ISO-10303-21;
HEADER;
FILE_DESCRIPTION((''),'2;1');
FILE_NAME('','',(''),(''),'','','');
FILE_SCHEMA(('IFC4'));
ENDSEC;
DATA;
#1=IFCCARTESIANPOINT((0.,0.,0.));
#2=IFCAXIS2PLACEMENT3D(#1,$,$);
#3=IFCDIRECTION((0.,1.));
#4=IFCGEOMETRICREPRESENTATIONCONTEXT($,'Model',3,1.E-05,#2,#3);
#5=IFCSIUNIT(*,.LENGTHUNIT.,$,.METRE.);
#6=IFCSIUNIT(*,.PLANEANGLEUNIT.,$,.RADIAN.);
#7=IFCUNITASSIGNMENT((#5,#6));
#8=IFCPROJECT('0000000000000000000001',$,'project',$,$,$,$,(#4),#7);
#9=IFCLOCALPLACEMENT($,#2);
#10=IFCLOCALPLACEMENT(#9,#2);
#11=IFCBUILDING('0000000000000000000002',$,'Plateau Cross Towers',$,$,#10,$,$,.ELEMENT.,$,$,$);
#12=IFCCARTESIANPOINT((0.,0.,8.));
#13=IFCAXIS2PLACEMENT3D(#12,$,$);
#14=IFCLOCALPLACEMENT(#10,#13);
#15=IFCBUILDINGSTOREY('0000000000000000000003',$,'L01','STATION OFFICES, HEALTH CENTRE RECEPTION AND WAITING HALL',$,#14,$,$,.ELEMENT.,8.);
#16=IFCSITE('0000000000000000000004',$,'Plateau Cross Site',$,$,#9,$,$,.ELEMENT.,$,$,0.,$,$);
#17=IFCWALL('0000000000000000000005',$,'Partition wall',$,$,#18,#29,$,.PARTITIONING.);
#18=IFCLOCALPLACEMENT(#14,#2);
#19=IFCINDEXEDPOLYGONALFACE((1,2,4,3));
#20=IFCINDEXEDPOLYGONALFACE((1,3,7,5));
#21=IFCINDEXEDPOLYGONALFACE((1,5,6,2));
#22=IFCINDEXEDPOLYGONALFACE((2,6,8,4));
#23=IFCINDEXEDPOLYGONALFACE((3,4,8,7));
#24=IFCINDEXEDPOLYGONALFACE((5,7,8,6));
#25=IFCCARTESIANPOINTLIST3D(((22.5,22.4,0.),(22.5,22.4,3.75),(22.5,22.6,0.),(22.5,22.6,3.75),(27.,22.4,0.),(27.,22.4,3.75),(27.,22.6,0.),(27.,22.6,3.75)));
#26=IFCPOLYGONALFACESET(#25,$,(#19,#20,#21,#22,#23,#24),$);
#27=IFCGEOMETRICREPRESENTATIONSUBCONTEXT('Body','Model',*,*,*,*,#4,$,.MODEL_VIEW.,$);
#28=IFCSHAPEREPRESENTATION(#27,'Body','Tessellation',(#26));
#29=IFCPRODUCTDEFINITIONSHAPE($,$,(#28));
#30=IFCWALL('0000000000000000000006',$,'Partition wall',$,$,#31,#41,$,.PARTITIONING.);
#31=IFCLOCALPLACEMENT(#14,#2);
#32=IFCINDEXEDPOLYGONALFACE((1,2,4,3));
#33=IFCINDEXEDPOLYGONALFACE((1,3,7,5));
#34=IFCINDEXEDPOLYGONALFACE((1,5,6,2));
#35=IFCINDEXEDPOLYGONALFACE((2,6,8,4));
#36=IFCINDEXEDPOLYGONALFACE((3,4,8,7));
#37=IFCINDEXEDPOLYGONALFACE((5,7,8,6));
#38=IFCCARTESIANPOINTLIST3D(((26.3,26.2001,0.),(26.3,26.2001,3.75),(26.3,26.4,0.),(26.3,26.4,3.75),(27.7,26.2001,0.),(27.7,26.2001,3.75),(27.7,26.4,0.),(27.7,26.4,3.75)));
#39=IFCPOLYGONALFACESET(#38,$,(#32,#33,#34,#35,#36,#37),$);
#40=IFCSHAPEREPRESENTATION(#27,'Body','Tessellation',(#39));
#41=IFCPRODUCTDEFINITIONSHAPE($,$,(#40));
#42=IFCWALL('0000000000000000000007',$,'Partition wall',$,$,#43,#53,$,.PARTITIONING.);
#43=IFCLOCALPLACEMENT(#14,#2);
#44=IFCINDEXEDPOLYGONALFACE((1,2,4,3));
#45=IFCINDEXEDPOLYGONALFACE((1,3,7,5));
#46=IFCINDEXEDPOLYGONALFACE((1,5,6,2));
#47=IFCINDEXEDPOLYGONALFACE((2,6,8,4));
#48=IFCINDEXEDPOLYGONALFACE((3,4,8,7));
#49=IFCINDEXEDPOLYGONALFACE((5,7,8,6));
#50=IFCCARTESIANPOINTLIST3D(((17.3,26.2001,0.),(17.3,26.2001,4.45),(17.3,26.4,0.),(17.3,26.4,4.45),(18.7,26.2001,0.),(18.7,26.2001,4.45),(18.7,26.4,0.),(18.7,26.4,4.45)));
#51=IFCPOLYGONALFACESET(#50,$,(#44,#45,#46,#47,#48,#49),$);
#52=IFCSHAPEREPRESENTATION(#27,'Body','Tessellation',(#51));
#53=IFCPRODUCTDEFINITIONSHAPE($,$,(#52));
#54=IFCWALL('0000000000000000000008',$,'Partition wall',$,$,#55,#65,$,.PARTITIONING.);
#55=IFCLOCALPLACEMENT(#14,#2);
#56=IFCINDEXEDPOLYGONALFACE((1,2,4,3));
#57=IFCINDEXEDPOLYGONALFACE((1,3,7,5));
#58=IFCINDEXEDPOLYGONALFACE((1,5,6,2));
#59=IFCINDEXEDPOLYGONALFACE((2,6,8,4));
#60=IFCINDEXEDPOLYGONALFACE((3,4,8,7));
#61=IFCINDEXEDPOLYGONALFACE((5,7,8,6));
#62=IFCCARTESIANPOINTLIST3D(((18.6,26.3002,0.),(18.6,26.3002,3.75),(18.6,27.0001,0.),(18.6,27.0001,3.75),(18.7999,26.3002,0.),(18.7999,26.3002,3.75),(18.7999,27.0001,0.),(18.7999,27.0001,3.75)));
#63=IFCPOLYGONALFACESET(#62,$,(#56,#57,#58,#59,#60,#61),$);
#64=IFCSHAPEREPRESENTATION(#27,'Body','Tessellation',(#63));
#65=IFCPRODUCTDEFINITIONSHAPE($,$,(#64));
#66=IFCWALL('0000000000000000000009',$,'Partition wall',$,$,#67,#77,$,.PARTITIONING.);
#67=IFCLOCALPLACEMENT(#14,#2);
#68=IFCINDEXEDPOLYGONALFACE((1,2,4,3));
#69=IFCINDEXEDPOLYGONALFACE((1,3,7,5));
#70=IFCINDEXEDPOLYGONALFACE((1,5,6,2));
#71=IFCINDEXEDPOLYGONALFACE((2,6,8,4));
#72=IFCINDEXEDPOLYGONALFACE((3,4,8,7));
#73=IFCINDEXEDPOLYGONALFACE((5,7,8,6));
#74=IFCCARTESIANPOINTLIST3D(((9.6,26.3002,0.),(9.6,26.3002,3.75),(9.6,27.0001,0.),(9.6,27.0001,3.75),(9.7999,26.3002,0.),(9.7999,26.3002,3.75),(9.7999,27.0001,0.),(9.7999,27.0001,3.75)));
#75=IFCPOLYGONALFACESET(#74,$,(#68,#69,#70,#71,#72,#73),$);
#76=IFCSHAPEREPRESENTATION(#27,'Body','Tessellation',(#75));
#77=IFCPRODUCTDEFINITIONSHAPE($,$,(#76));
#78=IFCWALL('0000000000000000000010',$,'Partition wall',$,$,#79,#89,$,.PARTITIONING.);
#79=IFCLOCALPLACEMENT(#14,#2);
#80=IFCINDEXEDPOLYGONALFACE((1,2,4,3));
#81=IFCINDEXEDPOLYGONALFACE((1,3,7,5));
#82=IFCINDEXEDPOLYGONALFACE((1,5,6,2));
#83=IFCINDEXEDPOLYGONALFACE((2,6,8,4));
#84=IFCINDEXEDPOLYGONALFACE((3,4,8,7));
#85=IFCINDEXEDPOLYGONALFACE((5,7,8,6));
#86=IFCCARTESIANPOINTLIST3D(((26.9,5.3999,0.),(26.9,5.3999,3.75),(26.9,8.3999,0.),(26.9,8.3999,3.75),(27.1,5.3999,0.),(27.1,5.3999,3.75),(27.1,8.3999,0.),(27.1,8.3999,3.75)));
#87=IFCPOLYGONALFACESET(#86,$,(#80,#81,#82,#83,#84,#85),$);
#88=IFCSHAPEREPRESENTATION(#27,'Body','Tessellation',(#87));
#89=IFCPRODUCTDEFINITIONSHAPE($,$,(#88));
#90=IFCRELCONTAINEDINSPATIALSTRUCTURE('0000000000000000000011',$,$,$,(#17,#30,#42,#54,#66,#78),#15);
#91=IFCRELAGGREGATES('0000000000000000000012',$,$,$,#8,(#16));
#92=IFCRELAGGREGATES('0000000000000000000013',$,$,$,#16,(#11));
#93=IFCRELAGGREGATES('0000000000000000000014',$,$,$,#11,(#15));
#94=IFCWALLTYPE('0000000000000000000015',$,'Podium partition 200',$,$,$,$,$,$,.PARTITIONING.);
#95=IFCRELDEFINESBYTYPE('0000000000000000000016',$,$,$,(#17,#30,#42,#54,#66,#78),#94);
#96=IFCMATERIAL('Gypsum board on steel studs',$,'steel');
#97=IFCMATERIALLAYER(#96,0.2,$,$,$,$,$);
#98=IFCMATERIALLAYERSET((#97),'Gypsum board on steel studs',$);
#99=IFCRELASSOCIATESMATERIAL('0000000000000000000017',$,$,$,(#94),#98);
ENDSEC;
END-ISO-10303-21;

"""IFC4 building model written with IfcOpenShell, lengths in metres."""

from ifc_helpers import new_model, si_unit, direction, frame, frame_2d, origin, place, context, subcontext, project, spatial, rectangle, extrude, material, layer, layer_set, type_object, element, save


model = new_model("IFC4")

# Units and contexts
model_context = context("Model", 3, precision=1e-05, world=origin(), true_north=direction((0.0, 1.0)))
body_context = subcontext(model_context, "Body", "Model", "MODEL_VIEW")
ifc_project = project(units=[si_unit("LENGTHUNIT", "METRE"), si_unit("PLANEANGLEUNIT", "RADIAN")], contexts=[model_context])

# Site, building, storey
site_placement = place(None, origin())
site = spatial("IfcSite", under=ifc_project, at=site_placement, Name="Plateau Cross Site", CompositionType="ELEMENT", RefElevation=0.0)
building_placement = place(site_placement, origin())
building = spatial("IfcBuilding", under=site, at=building_placement, Name="Plateau Cross Towers", CompositionType="ELEMENT")
storey_placement = place(building_placement, frame((0.0, 0.0, 8.0)))
storey = spatial("IfcBuildingStorey", under=building, at=storey_placement, Name="L01", Description="STATION OFFICES, HEALTH CENTRE RECEPTION AND WAITING HALL", CompositionType="ELEMENT", Elevation=8.0)

# Walls
ifc_material_1 = material(Name="Gypsum board on steel studs", Category="steel")
ifc_layer_1 = layer(ifc_material_1, 0.2)
ifc_layer_set_1 = layer_set([ifc_layer_1], Name="Gypsum board on steel studs")
wall_type_1 = type_object("IfcWallType", Name="Podium partition 200", PredefinedType="PARTITIONING", material=ifc_layer_set_1)
wall_1_placement = place(storey_placement, frame((22.5, 22.5, 0.0), z_axis=(0.0, 0.0, 1.0), x_axis=(1.0, 0.0, 0.0)))
element("IfcWall", 1, at=wall_1_placement, inside=storey, type_object=wall_type_1, Name="Partition wall", PredefinedType="PARTITIONING", context=body_context, shape_type="SweptSolid", body=[
    extrude(rectangle(XDim=4.5, YDim=0.2, at=frame_2d((2.25, 0.0))), origin(), (0.0, 0.0, 1.0), 3.75),
])
wall_2_placement = place(storey_placement, frame((26.3, 26.3, 0.0), z_axis=(0.0, 0.0, 1.0), x_axis=(1.0, 0.0, 0.0)))
element("IfcWall", 2, at=wall_2_placement, inside=storey, type_object=wall_type_1, Name="Partition wall", PredefinedType="PARTITIONING", context=body_context, shape_type="SweptSolid", body=[
    extrude(rectangle(XDim=1.3999, YDim=0.2, at=frame_2d((0.7, 0.0))), origin(), (0.0, 0.0, 1.0), 3.75),
])
wall_3_placement = place(storey_placement, frame((17.3, 26.3, 0.0), z_axis=(0.0, 0.0, 1.0), x_axis=(1.0, 0.0, 0.0)))
element("IfcWall", 3, at=wall_3_placement, inside=storey, type_object=wall_type_1, Name="Partition wall", PredefinedType="PARTITIONING", context=body_context, shape_type="SweptSolid", body=[
    extrude(rectangle(XDim=1.3999, YDim=0.2, at=frame_2d((0.7, 0.0))), origin(), (0.0, 0.0, 1.0), 4.45),
])
for number, where, z_axis, x_axis, name in (
    (4, (18.7, 26.3, 0.0), (0.0, 0.0, 1.0), (0.0, 1.0, 0.0), "Partition wall"),
    (5, (9.7, 26.3, 0.0), (0.0, 0.0, 1.0), (0.0, 1.0, 0.0), "Partition wall"),
):
    element("IfcWall", number, at=place(storey_placement, frame(where, z_axis=z_axis, x_axis=x_axis)), inside=storey, type_object=wall_type_1, Name=name, PredefinedType="PARTITIONING", context=body_context, shape_type="SweptSolid", body=[
        extrude(rectangle(XDim=0.7, YDim=0.2, at=frame_2d((0.3501, 0.0))), origin(), (0.0, 0.0, 1.0), 3.75),
    ])
wall_4_placement = place(storey_placement, frame((27.0, 8.3999, 0.0), z_axis=(0.0, 0.0, 1.0), x_axis=(0.0, -1.0, 0.0)))
element("IfcWall", 6, at=wall_4_placement, inside=storey, type_object=wall_type_1, Name="Partition wall", PredefinedType="PARTITIONING", context=body_context, shape_type="SweptSolid", body=[
    extrude(rectangle(XDim=3.0, YDim=0.2, at=frame_2d((1.5, 0.0))), origin(), (0.0, 0.0, 1.0), 3.75),
])

save(model, "model.ifc")
